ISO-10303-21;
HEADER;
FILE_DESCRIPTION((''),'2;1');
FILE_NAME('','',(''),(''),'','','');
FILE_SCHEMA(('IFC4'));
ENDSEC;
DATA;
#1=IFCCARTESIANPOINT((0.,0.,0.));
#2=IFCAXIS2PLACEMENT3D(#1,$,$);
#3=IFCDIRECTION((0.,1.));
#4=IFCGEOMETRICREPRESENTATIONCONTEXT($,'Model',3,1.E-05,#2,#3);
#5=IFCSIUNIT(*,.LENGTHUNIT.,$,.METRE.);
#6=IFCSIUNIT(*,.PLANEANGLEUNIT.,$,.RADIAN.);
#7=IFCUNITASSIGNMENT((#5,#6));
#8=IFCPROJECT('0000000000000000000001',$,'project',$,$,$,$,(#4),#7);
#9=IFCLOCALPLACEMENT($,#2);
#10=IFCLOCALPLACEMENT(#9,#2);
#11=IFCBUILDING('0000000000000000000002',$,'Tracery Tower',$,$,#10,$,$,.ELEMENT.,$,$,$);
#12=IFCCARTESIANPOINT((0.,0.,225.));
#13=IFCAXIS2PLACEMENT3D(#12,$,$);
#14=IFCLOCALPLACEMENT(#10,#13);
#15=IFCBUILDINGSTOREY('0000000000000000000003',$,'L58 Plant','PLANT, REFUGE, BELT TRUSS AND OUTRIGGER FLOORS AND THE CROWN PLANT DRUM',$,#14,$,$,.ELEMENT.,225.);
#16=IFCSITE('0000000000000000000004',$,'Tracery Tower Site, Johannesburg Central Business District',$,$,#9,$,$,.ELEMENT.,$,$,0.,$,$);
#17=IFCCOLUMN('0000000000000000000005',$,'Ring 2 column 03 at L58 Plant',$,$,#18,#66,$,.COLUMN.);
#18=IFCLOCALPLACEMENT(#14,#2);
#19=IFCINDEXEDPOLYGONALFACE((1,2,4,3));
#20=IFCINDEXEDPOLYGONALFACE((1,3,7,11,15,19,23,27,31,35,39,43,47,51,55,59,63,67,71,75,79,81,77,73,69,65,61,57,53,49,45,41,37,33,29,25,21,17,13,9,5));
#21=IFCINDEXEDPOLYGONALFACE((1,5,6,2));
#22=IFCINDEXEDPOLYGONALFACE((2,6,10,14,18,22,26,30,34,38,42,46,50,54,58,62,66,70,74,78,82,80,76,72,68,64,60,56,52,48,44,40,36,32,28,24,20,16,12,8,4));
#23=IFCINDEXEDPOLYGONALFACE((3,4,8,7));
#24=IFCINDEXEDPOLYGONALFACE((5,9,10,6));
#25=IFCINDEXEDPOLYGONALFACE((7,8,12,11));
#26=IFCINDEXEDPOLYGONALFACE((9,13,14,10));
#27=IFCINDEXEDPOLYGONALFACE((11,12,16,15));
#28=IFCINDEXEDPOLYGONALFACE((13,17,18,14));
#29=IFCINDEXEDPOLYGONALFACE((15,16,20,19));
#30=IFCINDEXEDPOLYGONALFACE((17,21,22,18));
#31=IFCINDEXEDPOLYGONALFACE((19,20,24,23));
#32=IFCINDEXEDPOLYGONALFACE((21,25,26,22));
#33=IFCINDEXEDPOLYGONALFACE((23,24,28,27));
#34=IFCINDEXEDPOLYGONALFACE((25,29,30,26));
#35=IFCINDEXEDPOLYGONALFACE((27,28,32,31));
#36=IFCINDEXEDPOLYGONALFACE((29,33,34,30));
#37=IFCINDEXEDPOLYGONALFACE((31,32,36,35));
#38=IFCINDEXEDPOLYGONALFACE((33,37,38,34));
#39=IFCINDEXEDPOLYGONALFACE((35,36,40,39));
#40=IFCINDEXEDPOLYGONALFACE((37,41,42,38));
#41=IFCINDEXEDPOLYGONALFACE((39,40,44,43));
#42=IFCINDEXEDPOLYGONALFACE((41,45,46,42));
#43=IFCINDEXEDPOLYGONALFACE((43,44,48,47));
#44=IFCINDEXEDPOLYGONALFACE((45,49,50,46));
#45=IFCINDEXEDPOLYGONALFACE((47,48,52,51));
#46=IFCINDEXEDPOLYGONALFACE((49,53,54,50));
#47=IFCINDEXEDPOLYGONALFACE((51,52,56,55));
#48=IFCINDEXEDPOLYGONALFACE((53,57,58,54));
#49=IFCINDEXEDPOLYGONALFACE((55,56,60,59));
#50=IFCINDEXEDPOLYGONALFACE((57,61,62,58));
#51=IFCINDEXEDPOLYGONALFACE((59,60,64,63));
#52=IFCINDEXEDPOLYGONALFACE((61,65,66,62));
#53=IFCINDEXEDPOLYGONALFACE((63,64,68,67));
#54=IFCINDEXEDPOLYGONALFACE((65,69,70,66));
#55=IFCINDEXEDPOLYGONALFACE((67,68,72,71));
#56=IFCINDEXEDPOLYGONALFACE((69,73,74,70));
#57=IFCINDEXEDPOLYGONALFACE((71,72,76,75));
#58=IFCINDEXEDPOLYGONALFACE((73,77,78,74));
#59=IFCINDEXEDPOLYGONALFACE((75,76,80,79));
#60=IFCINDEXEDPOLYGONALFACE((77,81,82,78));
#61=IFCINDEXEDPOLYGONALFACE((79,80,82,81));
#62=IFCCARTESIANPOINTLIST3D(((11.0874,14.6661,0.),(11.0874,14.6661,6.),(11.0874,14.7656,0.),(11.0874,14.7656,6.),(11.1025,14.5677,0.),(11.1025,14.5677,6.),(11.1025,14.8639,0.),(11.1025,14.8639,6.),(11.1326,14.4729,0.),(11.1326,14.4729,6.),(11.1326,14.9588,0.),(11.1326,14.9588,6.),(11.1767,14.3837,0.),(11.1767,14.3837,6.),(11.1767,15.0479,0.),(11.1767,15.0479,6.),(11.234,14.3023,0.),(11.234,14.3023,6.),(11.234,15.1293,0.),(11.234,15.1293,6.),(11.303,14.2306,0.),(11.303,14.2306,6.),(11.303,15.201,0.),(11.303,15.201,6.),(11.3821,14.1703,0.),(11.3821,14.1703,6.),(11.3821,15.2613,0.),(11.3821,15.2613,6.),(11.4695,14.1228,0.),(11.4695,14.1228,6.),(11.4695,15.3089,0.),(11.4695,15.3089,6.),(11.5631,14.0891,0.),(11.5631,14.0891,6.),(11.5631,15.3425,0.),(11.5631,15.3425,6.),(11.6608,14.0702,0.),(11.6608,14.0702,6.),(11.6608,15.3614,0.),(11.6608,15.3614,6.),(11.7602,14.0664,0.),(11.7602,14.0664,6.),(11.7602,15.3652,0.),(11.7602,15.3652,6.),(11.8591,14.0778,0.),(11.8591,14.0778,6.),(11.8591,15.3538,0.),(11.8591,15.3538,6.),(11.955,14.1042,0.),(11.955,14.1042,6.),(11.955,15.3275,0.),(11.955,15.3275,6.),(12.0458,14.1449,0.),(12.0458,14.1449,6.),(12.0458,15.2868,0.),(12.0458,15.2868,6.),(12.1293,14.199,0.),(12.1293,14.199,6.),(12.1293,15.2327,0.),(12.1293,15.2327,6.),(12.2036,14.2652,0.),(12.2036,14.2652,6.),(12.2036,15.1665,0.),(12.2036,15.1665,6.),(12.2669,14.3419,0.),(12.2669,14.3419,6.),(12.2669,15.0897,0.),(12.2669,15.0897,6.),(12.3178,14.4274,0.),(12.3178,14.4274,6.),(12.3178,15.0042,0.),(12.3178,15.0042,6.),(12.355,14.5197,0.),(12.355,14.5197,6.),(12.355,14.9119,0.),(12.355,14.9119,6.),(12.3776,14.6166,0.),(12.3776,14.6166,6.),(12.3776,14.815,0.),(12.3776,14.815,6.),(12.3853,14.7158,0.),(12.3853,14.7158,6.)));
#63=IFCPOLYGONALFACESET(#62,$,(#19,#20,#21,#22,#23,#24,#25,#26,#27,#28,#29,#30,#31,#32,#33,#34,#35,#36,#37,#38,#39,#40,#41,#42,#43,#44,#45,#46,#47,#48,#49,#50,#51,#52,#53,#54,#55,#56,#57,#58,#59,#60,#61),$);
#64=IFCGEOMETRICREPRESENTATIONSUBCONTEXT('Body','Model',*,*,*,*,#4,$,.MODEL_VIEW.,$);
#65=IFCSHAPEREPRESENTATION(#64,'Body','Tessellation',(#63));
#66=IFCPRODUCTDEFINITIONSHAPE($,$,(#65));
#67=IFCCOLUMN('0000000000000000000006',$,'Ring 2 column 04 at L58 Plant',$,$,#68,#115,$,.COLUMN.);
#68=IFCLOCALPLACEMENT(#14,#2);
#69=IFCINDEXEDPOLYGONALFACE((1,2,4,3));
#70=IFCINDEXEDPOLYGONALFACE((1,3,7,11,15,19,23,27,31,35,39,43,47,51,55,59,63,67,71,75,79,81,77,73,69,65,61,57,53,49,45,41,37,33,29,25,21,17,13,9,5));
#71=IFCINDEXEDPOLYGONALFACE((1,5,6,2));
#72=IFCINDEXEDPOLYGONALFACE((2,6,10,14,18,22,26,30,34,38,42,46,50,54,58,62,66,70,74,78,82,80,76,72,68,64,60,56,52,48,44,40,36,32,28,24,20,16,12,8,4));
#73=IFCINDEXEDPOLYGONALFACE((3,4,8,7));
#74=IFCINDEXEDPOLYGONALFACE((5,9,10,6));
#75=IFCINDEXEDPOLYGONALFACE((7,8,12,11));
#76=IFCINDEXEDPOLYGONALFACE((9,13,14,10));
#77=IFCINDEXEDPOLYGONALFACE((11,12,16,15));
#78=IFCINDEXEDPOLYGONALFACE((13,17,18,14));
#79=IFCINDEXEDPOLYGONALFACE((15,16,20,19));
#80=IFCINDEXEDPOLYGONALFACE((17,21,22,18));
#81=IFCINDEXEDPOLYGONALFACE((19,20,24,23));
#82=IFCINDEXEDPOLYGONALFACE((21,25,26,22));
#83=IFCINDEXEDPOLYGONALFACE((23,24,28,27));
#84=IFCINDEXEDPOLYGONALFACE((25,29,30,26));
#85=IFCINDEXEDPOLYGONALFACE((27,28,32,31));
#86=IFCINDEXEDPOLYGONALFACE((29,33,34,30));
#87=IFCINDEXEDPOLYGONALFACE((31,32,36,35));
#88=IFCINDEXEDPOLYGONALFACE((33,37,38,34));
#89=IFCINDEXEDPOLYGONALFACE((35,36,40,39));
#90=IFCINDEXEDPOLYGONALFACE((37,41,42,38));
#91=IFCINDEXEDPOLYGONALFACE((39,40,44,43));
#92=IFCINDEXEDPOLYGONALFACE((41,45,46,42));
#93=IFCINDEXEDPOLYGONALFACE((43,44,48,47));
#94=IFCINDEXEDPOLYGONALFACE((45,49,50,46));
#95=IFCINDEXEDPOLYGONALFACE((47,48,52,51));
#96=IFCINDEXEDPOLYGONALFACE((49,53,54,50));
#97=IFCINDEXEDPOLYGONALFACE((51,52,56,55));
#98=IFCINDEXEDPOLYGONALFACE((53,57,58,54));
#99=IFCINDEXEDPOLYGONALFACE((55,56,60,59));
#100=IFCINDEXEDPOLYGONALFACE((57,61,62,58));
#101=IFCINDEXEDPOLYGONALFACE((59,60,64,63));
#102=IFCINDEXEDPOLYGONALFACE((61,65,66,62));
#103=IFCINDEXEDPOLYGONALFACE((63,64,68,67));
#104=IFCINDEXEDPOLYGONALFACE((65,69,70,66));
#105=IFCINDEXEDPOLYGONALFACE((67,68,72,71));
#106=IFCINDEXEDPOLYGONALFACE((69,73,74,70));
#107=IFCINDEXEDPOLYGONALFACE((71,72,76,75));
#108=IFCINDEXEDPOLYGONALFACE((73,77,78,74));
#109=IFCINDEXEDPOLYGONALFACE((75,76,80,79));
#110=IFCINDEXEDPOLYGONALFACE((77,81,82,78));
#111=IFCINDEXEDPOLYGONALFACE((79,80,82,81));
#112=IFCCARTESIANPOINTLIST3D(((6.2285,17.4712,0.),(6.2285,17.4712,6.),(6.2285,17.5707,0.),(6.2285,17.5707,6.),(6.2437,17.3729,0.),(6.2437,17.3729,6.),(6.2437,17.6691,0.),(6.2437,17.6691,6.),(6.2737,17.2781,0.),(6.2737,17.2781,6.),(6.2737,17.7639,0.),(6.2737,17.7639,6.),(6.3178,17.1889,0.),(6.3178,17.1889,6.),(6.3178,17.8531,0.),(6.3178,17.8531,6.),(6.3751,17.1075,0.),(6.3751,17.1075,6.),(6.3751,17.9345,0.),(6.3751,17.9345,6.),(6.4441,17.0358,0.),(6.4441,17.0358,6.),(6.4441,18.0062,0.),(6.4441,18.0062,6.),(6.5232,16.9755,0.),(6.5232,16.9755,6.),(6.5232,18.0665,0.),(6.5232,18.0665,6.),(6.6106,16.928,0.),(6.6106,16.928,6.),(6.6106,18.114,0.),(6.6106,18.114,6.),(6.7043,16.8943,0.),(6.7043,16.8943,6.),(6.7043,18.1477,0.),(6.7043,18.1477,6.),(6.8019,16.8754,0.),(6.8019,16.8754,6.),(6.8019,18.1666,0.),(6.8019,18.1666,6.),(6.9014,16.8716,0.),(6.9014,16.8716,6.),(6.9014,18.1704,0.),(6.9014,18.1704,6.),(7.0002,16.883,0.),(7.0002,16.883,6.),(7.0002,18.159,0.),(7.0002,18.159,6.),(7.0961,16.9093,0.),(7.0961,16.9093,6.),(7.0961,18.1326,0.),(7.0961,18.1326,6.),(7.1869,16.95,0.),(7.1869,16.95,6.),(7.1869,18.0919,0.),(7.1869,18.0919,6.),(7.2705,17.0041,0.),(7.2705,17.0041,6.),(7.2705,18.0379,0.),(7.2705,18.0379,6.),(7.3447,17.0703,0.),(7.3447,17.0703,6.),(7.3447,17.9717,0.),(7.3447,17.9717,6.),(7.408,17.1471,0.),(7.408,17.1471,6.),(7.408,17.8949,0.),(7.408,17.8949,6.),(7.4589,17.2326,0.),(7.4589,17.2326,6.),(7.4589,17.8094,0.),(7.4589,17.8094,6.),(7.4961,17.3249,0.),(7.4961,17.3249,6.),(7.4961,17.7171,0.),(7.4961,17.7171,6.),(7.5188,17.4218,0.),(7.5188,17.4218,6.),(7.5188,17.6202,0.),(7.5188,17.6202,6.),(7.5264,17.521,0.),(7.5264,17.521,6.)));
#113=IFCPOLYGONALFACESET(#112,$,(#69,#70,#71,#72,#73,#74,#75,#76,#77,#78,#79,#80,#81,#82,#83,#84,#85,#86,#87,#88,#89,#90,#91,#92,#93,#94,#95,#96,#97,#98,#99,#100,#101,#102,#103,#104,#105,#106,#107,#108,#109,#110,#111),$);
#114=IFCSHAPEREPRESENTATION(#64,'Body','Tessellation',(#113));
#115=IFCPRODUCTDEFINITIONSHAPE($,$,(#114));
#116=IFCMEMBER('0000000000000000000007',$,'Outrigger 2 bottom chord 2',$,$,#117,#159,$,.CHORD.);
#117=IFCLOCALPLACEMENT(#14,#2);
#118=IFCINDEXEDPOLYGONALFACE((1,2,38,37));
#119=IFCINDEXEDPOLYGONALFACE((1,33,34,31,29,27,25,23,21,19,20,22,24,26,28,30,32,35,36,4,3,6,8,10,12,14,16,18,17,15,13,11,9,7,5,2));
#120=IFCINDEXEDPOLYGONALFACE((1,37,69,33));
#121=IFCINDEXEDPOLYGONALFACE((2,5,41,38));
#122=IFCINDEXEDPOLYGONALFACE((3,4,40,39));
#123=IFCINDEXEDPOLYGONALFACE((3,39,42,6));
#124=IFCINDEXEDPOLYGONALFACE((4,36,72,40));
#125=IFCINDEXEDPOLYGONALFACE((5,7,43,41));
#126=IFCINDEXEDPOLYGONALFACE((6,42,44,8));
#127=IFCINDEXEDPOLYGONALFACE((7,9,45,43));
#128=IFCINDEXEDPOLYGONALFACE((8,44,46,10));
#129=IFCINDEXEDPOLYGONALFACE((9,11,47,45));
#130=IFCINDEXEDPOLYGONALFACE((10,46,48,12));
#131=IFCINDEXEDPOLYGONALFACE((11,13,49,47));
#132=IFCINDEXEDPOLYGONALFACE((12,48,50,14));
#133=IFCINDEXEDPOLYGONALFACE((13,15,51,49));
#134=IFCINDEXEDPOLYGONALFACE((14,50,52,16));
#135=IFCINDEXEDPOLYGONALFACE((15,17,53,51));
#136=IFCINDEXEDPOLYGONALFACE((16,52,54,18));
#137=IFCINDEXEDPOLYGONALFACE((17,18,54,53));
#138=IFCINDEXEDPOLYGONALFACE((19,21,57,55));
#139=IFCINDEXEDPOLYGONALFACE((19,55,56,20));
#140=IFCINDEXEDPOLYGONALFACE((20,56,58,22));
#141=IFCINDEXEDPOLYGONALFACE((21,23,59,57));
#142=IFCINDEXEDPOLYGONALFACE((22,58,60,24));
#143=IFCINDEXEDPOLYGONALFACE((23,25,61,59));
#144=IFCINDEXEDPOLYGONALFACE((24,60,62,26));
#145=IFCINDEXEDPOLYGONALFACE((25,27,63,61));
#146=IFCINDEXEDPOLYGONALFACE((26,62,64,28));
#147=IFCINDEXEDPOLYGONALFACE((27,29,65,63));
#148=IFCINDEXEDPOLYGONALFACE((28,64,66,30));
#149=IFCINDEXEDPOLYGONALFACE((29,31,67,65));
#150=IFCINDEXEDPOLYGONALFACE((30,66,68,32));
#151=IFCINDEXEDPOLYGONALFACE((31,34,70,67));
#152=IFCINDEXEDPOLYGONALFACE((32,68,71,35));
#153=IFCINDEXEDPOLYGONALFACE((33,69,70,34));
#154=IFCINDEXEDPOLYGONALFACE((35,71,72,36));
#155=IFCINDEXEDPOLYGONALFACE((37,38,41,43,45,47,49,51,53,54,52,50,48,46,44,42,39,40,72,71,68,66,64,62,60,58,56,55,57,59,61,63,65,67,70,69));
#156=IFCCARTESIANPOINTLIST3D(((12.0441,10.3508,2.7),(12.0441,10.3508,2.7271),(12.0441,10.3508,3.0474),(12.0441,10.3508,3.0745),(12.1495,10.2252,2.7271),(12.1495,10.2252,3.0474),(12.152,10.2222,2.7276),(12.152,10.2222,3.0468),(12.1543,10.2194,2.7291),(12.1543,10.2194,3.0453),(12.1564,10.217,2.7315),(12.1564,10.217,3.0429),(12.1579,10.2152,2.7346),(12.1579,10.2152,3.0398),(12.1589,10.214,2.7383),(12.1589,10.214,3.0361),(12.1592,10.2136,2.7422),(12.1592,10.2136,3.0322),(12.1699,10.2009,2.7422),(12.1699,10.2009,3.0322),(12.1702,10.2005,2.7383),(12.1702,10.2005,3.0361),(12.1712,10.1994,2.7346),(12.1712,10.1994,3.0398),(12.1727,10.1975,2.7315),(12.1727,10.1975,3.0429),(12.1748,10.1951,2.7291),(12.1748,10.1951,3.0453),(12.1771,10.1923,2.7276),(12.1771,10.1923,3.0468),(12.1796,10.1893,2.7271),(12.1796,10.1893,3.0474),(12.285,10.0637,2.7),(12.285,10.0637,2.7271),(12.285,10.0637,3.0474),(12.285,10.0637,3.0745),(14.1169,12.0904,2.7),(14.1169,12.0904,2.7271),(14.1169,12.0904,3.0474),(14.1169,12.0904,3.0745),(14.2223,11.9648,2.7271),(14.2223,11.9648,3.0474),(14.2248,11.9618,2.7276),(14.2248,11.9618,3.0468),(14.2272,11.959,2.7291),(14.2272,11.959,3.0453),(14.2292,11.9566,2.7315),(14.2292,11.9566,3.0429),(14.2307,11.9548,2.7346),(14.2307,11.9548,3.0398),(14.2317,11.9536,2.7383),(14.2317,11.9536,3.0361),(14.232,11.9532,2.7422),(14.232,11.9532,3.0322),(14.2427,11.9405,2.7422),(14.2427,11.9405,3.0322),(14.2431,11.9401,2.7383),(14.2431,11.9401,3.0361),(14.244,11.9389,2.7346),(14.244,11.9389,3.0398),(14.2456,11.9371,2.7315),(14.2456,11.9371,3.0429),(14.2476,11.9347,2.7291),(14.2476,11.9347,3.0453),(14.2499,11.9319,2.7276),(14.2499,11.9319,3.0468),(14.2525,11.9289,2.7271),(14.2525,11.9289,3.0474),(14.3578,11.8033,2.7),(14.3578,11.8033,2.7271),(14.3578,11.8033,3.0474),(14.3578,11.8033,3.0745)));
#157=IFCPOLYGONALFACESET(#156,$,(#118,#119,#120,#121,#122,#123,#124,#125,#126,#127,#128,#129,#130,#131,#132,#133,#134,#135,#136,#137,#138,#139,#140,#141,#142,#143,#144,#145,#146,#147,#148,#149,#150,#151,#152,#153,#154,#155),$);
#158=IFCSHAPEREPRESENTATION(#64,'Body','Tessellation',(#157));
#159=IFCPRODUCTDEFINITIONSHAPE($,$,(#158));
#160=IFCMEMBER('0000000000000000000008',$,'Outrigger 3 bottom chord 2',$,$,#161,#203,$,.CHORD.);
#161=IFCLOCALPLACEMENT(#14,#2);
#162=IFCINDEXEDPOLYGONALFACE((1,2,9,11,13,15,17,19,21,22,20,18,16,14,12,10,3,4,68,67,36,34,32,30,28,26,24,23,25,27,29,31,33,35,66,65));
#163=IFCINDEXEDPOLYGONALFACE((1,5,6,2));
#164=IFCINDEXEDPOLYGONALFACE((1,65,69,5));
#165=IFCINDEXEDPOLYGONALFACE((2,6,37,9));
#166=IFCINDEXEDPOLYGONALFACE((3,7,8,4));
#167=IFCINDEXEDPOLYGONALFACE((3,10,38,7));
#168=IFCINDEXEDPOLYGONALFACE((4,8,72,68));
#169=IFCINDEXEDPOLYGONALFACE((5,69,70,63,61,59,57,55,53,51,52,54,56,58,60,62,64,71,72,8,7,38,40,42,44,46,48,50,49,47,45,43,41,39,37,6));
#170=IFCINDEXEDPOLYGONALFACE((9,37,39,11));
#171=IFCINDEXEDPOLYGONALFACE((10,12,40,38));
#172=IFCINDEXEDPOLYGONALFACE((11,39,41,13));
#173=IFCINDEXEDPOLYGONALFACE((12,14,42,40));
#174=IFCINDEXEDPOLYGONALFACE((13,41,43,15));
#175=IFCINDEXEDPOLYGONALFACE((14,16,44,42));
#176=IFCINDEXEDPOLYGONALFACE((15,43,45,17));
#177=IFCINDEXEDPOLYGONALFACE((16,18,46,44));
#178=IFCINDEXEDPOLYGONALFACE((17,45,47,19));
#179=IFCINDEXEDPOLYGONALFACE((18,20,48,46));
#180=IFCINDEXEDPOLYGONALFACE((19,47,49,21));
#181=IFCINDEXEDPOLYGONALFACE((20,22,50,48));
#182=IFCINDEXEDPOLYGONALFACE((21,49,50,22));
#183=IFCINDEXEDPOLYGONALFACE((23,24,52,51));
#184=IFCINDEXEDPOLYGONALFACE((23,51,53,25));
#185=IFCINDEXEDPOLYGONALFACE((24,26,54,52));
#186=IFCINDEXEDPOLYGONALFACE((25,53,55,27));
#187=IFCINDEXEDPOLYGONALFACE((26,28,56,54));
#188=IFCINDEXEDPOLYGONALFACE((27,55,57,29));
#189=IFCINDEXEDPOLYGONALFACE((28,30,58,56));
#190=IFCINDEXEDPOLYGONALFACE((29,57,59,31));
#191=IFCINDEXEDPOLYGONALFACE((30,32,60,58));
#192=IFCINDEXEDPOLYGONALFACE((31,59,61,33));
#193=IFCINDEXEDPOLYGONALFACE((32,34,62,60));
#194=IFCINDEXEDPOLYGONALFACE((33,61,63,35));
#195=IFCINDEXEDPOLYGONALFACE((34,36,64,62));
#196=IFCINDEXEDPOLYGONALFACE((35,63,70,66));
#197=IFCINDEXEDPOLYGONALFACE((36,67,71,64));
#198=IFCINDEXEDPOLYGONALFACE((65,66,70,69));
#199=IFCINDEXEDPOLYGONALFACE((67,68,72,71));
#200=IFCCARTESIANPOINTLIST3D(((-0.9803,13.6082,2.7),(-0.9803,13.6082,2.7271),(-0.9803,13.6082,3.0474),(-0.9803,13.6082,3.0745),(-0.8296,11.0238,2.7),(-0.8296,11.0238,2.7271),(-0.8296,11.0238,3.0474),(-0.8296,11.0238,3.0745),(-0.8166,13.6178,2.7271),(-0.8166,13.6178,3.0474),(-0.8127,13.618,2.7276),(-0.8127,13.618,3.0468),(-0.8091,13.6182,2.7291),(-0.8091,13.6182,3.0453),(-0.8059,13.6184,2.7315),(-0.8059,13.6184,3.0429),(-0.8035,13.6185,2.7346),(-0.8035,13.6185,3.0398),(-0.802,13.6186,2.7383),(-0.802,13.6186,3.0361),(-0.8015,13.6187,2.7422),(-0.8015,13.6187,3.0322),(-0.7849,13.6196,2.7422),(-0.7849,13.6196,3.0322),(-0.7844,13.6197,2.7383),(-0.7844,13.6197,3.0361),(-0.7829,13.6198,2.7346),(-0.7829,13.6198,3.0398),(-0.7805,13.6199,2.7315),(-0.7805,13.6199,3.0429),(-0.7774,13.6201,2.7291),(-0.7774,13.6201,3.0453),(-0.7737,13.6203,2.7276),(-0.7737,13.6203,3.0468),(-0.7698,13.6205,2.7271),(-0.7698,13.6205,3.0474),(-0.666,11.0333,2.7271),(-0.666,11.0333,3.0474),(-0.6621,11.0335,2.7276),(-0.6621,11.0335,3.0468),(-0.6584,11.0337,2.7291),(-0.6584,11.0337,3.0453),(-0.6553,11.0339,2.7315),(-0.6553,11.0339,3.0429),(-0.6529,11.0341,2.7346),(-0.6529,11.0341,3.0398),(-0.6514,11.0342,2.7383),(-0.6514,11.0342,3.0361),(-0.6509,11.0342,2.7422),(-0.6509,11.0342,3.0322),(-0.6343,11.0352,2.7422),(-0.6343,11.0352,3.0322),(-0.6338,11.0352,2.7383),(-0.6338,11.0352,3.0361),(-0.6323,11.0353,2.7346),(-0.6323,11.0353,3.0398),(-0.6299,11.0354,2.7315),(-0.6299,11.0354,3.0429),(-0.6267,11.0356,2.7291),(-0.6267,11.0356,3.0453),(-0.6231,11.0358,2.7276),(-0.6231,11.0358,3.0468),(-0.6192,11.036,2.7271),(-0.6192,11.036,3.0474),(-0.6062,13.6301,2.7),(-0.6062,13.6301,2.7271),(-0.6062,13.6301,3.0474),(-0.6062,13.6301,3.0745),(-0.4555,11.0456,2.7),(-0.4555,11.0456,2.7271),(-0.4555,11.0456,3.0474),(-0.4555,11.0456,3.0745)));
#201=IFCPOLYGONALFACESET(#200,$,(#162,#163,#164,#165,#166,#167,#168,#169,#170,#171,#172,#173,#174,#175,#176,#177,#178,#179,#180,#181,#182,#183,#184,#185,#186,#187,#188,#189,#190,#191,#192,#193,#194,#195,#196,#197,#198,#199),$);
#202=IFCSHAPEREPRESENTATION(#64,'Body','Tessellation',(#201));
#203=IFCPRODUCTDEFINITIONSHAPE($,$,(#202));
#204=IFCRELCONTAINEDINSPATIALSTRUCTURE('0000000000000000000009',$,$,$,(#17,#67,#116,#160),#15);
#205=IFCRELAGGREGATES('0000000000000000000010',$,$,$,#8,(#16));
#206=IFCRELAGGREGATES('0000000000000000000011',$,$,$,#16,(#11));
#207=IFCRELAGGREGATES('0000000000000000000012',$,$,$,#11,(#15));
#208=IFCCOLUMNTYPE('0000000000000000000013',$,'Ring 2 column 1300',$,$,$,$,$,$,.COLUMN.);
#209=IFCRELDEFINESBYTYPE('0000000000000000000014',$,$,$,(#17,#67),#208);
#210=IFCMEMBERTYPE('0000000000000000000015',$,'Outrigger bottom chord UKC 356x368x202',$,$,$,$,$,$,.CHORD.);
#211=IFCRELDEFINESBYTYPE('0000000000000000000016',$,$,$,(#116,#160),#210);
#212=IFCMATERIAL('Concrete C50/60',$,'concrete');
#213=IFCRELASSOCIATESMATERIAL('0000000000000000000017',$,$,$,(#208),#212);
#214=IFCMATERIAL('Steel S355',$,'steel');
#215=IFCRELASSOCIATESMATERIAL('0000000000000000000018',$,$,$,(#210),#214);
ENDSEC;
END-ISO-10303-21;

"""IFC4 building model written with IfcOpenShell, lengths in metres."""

from ifc_helpers import new_model, si_unit, direction, frame, origin, origin_2d, place, context, subcontext, project, spatial, circle, i_section, extrude, material, material_profile, profile_set, type_object, element, save


model = new_model("IFC4")

# Units and contexts
model_context = context("Model", 3, precision=1e-05, world=origin(), true_north=direction((0.0, 1.0)))
body_context = subcontext(model_context, "Body", "Model", "MODEL_VIEW")
ifc_project = project(units=[si_unit("LENGTHUNIT", "METRE"), si_unit("PLANEANGLEUNIT", "RADIAN")], contexts=[model_context])

# Site, building, storey
site_placement = place(None, origin())
site = spatial("IfcSite", under=ifc_project, at=site_placement, Name="Tracery Tower Site, Johannesburg Central Business District", CompositionType="ELEMENT", RefElevation=0.0)
building_placement = place(site_placement, origin())
building = spatial("IfcBuilding", under=site, at=building_placement, Name="Tracery Tower", CompositionType="ELEMENT")
storey_placement = place(building_placement, frame((0.0, 0.0, 225.0)))
storey = spatial("IfcBuildingStorey", under=building, at=storey_placement, Name="L58 Plant", Description="PLANT, REFUGE, BELT TRUSS AND OUTRIGGER FLOORS AND THE CROWN PLANT DRUM", CompositionType="ELEMENT", Elevation=225.0)

# Columns
ifc_material_1 = material(Name="Concrete C50/60", Category="concrete")
ifc_material_profile_1 = material_profile(ifc_material_1, circle(Radius=0.6499, at=origin_2d()), Name="RC D1300")
ifc_profile_set_1 = profile_set([ifc_material_profile_1], Name="Concrete C50/60")
column_type = type_object("IfcColumnType", Name="Ring 2 column 1300", PredefinedType="COLUMN", material=ifc_profile_set_1)
for number, where, z_axis, x_axis, name in (
    (1, (11.7354, 14.7158, 0.0), (0.0, 0.0, 1.0), (1.0, 0.0, 0.0), "Ring 2 column 03 at L58 Plant"),
    (2, (6.8765, 17.521, 0.0), (0.0, 0.0, 1.0), (1.0, 0.0, 0.0), "Ring 2 column 04 at L58 Plant"),
):
    element("IfcColumn", number, at=place(storey_placement, frame(where, z_axis=z_axis, x_axis=x_axis)), inside=storey, type_object=column_type, Name=name, PredefinedType="COLUMN", context=body_context, shape_type="SweptSolid", body=[
        extrude(circle(Radius=0.6499, at=origin_2d()), origin(), (0.0, 0.0, 1.0), 6.0),
    ])

# Members
ifc_material_2 = material(Name="Steel S355", Category="steel")
ifc_material_profile_2 = material_profile(ifc_material_2, i_section(OverallWidth=0.3748, OverallDepth=0.3745, WebThickness=0.0166, FlangeThickness=0.0271, FilletRadius=0.0151, at=origin_2d()), Name="UKC 356x368x202")
ifc_profile_set_2 = profile_set([ifc_material_profile_2], Name="Steel S355")
member_type_1 = type_object("IfcMemberType", Name="Outrigger bottom chord UKC 356x368x202", PredefinedType="CHORD", material=ifc_profile_set_2)
member_1_placement = place(storey_placement, frame((12.1646, 10.2073, 2.8872), z_axis=(0.765998, 0.642843, 0.0), x_axis=(-0.642843, 0.765998, 0.0)))
element("IfcMember", 3, at=member_1_placement, inside=storey, type_object=member_type_1, Name="Outrigger 2 bottom chord 2", PredefinedType="CHORD", context=body_context, shape_type="SweptSolid", body=[
    extrude(i_section(OverallWidth=0.3748, OverallDepth=0.3745, WebThickness=0.0166, FlangeThickness=0.0271, FilletRadius=0.0151, at=origin_2d()), origin(), (0.0, 0.0, 1.0), 2.7061),
])
for number, where, z_axis, x_axis, name in (
    (4, (-0.6426, 11.0347, 2.8872), (-0.058186, 0.998306, 0.0), (-0.998306, -0.058186, 0.0), "Outrigger 3 bottom chord 2"),
):
    element("IfcMember", number, at=place(storey_placement, frame(where, z_axis=z_axis, x_axis=x_axis)), inside=storey, type_object=member_type_1, Name=name, PredefinedType="CHORD", context=body_context, shape_type="SweptSolid", body=[
        extrude(i_section(OverallWidth=0.3748, OverallDepth=0.3745, WebThickness=0.0166, FlangeThickness=0.0271, FilletRadius=0.0151, at=origin_2d()), origin(), (0.0, 0.0, 1.0), 2.5889),
    ])

save(model, "model.ifc")
